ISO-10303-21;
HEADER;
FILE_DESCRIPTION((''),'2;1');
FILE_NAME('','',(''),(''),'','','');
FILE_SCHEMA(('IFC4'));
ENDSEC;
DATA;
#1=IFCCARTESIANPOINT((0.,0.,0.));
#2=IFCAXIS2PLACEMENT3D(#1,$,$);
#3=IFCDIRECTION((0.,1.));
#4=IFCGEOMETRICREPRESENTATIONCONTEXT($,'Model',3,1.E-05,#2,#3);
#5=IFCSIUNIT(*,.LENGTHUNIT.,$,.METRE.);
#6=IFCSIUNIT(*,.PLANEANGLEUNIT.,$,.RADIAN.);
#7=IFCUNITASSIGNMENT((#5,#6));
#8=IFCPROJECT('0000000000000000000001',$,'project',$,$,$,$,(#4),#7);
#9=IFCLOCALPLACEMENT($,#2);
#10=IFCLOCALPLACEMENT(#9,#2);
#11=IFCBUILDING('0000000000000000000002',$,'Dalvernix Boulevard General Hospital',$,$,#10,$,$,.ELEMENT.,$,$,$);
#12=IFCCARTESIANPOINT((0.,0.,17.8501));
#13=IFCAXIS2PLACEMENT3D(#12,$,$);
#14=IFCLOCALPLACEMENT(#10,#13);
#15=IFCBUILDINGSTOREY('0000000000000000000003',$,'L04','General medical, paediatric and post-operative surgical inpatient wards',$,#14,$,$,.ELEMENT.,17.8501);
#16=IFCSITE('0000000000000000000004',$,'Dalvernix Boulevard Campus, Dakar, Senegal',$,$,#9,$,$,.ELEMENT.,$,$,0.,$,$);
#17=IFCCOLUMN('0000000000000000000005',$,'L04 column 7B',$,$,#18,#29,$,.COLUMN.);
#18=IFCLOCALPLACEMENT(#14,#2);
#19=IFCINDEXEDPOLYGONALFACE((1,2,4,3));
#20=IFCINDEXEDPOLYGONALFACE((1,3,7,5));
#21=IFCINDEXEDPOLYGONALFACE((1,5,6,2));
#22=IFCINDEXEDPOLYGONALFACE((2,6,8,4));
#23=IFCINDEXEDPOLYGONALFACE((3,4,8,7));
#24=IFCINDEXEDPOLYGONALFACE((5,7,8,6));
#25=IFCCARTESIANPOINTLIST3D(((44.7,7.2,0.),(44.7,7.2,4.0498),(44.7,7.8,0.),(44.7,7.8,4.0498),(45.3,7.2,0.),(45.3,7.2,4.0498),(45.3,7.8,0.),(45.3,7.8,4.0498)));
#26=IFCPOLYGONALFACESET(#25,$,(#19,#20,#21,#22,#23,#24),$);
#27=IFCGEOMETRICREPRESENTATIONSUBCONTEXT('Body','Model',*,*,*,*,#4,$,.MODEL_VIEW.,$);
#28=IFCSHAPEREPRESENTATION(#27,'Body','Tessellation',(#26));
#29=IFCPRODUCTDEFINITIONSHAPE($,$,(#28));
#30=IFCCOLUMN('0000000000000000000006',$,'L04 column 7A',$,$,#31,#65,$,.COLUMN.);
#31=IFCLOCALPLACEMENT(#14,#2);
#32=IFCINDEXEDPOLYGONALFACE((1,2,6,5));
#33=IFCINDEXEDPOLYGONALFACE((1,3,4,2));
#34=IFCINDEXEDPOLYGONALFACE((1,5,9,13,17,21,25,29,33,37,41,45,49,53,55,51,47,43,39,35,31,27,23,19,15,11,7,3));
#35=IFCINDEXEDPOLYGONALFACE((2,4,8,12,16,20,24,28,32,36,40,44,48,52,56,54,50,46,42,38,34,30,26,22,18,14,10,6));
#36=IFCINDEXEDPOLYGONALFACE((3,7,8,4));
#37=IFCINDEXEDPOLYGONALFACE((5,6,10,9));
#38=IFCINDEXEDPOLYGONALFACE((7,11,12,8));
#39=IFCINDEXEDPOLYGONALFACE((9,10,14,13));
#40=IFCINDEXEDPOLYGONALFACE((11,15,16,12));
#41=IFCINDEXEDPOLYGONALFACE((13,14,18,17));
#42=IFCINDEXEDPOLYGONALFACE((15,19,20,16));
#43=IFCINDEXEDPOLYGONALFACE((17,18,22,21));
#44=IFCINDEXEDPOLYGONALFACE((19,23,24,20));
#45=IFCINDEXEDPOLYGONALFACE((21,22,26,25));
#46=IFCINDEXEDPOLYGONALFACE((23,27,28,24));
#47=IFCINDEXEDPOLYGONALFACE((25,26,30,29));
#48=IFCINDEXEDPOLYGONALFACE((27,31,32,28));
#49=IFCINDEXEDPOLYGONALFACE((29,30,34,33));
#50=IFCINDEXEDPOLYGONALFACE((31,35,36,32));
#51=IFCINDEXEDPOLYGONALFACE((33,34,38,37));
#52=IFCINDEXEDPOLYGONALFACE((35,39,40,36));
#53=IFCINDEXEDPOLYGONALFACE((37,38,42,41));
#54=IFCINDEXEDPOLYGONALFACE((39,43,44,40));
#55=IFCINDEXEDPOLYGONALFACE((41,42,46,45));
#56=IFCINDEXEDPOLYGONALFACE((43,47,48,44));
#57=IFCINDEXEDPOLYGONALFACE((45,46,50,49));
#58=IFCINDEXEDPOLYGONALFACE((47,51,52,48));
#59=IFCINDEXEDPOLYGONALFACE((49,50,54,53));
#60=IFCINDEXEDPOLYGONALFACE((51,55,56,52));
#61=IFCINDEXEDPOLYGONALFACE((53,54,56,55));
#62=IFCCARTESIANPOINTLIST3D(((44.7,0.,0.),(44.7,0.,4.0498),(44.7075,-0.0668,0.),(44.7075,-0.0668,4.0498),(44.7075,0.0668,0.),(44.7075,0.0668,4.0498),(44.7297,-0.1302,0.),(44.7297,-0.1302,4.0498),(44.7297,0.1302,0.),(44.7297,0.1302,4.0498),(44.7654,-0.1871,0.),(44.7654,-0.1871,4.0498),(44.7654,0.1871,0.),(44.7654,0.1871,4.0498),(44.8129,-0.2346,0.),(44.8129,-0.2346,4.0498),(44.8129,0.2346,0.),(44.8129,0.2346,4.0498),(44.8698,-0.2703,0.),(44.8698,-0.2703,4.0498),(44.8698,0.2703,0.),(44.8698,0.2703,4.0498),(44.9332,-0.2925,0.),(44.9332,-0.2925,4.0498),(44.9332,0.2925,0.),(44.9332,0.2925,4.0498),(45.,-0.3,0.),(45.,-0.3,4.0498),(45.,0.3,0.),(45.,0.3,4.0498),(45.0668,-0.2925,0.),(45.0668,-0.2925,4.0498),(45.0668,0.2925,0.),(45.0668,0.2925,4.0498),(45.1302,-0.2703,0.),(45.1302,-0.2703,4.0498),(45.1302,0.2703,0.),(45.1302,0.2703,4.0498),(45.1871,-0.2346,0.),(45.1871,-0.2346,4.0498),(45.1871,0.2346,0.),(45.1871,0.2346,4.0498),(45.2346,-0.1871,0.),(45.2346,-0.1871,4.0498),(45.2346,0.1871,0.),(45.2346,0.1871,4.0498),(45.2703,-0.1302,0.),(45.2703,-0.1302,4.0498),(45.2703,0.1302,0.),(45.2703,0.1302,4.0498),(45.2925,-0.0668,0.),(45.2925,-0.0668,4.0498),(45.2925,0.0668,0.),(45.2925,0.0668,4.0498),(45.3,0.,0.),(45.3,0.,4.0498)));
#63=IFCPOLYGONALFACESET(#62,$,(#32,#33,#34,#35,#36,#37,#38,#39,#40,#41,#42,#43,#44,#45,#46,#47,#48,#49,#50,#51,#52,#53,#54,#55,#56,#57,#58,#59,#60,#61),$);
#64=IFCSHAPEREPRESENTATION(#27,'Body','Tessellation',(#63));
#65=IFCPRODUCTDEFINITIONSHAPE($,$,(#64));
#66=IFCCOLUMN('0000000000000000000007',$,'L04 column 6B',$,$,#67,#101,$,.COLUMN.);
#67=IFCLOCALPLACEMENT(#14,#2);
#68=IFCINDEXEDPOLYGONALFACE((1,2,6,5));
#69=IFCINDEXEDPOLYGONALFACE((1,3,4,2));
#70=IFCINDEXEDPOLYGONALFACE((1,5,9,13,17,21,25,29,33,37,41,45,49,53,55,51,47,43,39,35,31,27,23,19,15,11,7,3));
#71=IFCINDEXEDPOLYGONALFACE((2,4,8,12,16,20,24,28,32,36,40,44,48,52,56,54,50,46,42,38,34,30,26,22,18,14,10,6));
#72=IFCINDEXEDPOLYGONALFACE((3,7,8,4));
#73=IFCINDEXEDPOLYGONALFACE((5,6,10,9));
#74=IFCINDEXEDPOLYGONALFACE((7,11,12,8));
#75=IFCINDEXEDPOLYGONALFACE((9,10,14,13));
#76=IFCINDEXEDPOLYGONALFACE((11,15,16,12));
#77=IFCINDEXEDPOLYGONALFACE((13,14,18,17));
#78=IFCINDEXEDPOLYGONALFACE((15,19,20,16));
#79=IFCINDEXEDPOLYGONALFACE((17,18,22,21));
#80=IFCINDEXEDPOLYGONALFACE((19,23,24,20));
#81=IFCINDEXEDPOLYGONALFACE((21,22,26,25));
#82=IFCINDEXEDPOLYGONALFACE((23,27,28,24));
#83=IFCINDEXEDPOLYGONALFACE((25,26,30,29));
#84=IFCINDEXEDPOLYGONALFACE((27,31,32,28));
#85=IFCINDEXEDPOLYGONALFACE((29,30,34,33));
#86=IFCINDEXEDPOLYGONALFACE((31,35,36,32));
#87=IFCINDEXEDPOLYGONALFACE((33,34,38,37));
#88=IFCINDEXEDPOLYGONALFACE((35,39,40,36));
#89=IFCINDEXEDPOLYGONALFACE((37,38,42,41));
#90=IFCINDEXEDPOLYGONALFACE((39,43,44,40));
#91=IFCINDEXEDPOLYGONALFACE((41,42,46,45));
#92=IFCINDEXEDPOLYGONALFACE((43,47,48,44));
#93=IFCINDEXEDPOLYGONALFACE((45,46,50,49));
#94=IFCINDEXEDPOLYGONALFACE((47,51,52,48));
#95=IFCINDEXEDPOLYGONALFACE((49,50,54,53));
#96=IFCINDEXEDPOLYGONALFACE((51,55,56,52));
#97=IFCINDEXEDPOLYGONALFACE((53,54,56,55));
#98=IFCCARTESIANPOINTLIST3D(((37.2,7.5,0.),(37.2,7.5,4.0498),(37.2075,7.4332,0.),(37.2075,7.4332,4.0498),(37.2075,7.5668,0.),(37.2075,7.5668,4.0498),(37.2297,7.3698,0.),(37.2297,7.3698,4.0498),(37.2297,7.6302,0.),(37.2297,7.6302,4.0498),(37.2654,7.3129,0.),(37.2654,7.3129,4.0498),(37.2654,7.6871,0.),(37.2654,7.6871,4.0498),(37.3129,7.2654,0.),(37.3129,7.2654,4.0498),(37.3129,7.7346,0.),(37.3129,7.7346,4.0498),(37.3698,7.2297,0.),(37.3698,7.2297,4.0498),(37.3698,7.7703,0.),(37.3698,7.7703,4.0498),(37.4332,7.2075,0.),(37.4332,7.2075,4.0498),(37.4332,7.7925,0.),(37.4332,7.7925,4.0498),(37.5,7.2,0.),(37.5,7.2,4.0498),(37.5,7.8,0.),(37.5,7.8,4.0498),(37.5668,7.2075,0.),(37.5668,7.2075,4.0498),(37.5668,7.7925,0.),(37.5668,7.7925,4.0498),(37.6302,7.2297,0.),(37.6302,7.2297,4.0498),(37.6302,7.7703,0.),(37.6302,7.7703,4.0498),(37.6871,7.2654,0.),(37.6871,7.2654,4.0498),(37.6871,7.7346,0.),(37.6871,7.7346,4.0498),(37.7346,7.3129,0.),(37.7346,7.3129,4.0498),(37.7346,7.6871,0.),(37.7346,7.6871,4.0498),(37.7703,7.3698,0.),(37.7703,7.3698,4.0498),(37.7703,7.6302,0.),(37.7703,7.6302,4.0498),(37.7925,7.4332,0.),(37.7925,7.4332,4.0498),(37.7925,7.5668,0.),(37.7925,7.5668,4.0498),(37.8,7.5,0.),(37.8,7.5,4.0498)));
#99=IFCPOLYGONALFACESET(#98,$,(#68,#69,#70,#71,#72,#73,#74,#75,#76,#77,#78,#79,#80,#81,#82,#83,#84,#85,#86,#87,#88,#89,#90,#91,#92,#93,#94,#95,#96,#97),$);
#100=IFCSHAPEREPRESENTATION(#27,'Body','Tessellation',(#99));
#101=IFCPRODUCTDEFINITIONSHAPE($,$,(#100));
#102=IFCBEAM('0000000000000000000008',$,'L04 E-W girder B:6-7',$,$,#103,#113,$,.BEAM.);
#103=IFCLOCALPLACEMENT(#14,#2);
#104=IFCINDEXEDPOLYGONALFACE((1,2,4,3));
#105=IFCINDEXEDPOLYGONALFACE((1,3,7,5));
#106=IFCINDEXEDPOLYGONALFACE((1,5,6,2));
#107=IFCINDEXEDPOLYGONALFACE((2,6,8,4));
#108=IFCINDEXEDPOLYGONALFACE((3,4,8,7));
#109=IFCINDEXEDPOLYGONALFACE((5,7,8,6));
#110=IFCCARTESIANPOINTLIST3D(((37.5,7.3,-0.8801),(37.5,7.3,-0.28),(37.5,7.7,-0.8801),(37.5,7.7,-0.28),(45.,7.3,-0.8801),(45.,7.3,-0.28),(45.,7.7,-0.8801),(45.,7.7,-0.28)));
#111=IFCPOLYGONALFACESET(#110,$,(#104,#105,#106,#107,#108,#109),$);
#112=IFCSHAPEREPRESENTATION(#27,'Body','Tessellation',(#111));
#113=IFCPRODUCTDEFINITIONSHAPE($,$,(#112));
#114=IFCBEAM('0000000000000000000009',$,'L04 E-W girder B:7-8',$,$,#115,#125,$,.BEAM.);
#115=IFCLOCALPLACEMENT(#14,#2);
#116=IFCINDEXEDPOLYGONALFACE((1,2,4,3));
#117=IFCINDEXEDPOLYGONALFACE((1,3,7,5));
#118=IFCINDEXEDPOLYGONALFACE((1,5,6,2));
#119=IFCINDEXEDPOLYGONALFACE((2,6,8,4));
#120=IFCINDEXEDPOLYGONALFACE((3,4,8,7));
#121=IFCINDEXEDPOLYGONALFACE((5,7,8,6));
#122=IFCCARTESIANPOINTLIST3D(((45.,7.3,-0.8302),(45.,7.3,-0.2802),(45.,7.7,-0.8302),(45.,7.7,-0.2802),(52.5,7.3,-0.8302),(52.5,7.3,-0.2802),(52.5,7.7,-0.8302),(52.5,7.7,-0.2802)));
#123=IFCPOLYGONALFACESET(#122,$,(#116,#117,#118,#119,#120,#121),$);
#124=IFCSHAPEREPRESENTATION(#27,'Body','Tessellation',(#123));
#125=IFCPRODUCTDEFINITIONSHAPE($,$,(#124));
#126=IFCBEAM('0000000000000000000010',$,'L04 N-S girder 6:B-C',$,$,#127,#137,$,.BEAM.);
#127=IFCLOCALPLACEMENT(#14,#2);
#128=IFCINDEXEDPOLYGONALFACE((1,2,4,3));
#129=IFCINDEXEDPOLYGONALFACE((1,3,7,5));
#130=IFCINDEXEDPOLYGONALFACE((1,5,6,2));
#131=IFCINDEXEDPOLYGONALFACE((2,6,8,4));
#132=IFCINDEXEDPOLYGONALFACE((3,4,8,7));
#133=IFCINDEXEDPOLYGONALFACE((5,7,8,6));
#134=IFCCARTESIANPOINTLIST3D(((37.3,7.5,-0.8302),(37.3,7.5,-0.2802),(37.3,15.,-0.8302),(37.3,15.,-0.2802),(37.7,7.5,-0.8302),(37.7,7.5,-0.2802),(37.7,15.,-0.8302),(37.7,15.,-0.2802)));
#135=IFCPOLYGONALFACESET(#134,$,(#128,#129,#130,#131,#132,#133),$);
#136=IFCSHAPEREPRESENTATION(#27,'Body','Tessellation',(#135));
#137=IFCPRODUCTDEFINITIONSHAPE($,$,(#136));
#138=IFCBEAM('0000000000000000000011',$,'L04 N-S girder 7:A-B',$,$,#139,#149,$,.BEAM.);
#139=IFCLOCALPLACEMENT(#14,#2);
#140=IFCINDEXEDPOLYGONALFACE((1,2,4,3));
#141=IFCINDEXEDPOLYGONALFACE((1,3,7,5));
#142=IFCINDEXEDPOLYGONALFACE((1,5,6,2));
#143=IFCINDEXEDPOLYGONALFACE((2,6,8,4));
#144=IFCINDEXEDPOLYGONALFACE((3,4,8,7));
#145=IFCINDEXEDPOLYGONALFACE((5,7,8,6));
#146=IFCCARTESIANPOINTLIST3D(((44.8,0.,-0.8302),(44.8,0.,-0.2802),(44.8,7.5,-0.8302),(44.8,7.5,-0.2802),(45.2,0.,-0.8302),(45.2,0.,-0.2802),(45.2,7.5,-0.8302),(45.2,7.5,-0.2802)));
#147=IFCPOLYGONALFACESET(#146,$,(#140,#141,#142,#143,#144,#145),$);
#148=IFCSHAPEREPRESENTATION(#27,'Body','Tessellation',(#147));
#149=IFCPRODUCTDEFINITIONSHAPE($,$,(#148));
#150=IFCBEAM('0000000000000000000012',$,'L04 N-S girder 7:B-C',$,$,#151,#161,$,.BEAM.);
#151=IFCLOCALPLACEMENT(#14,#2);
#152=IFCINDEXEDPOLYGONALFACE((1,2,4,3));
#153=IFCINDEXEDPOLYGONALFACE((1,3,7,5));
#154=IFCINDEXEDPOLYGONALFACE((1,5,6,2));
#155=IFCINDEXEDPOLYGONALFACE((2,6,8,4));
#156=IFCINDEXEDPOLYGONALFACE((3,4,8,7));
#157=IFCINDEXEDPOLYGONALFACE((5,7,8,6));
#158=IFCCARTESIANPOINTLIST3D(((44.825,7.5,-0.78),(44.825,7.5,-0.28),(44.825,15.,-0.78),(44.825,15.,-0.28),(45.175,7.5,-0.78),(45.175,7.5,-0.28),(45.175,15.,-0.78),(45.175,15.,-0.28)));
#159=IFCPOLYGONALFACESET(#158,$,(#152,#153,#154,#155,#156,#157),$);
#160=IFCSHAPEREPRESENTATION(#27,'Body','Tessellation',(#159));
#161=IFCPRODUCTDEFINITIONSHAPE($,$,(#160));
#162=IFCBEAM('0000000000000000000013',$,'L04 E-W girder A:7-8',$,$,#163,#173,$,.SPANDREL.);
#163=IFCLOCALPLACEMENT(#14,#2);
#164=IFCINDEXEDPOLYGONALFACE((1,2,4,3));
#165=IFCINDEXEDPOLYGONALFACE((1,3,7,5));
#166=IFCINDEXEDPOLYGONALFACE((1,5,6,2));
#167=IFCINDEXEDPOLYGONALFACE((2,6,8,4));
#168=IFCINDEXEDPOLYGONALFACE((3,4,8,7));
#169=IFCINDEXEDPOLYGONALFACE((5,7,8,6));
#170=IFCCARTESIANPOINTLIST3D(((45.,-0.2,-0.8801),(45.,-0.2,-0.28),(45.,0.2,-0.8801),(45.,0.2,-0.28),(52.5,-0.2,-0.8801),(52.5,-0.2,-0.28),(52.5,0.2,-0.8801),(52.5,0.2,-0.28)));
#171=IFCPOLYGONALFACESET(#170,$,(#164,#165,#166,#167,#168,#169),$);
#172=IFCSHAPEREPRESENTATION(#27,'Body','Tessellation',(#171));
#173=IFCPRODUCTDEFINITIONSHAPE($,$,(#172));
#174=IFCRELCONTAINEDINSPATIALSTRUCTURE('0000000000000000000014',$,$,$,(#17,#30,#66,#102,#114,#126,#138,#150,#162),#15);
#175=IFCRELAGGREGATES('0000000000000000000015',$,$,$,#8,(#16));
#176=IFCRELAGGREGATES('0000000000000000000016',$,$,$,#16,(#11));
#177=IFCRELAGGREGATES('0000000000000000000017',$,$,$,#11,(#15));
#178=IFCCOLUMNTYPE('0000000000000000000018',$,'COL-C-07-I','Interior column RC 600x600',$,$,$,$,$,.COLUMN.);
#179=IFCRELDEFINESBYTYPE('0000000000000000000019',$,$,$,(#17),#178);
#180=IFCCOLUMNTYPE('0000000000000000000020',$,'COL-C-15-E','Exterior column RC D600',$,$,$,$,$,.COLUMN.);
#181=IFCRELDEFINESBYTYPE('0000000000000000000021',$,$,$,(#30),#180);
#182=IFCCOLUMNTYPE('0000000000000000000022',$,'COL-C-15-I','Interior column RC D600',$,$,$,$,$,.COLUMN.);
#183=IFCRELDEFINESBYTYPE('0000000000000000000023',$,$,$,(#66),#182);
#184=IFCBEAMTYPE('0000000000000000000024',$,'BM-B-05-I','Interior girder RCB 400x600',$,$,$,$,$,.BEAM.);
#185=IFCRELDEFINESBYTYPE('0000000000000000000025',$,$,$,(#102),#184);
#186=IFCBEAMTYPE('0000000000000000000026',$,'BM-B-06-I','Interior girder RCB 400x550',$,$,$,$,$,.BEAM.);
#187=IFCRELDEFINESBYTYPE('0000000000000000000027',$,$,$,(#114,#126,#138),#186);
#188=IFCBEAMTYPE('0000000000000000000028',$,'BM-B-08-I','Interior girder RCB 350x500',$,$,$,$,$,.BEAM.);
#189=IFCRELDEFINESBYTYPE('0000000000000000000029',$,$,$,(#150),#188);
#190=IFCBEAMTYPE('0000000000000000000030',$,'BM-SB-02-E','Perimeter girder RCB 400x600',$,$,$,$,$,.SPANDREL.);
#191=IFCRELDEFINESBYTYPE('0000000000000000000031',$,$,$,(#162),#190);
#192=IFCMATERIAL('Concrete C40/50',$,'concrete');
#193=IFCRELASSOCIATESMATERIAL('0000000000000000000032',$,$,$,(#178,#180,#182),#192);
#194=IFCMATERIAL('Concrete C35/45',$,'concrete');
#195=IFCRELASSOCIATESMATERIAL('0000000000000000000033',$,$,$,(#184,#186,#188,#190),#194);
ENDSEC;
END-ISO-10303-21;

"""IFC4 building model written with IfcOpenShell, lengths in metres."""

from ifc_helpers import new_model, si_unit, direction, frame, origin, origin_2d, place, context, subcontext, project, spatial, rectangle, circle, extrude, material, material_profile, profile_set, type_object, element, save


model = new_model("IFC4")

# Units and contexts
model_context = context("Model", 3, precision=1e-05, world=origin(), true_north=direction((0.0, 1.0)))
body_context = subcontext(model_context, "Body", "Model", "MODEL_VIEW")
ifc_project = project(units=[si_unit("LENGTHUNIT", "METRE"), si_unit("PLANEANGLEUNIT", "RADIAN")], contexts=[model_context])

# Site, building, storey
site_placement = place(None, origin())
site = spatial("IfcSite", under=ifc_project, at=site_placement, Name="Dalvernix Boulevard Campus, Dakar, Senegal", CompositionType="ELEMENT", RefElevation=0.0)
building_placement = place(site_placement, origin())
building = spatial("IfcBuilding", under=site, at=building_placement, Name="Dalvernix Boulevard General Hospital", CompositionType="ELEMENT")
storey_placement = place(building_placement, frame((0.0, 0.0, 17.8501)))
storey = spatial("IfcBuildingStorey", under=building, at=storey_placement, Name="L04", Description="General medical, paediatric and post-operative surgical inpatient wards", CompositionType="ELEMENT", Elevation=17.8501)

# Columns
ifc_material_1 = material(Name="Concrete C40/50", Category="concrete")
ifc_material_profile_1 = material_profile(ifc_material_1, rectangle(XDim=0.6001, YDim=0.6001, at=origin_2d()), Name="RC 600x600")
ifc_profile_set_1 = profile_set([ifc_material_profile_1], Name="Concrete C40/50")
column_type_1 = type_object("IfcColumnType", Name="COL-C-07-I", Description="Interior column RC 600x600", PredefinedType="COLUMN", material=ifc_profile_set_1)
column_1_placement = place(storey_placement, frame((45.0, 7.5, 0.0), z_axis=(0.0, 0.0, 1.0), x_axis=(1.0, 0.0, 0.0)))
element("IfcColumn", 1, at=column_1_placement, inside=storey, type_object=column_type_1, Name="L04 column 7B", PredefinedType="COLUMN", context=body_context, shape_type="SweptSolid", body=[
    extrude(rectangle(XDim=0.6001, YDim=0.6001, at=origin_2d()), origin(), (0.0, 0.0, 1.0), 4.0498),
])
ifc_material_profile_2 = material_profile(ifc_material_1, circle(Radius=0.3, at=origin_2d()), Name="RC D600")
ifc_profile_set_2 = profile_set([ifc_material_profile_2], Name="Concrete C40/50")
column_type_2 = type_object("IfcColumnType", Name="COL-C-15-E", Description="Exterior column RC D600", PredefinedType="COLUMN", material=ifc_profile_set_2)
column_2_placement = place(storey_placement, frame((45.0, 0.0, 0.0), z_axis=(0.0, 0.0, 1.0), x_axis=(1.0, 0.0, 0.0)))
element("IfcColumn", 2, at=column_2_placement, inside=storey, type_object=column_type_2, Name="L04 column 7A", PredefinedType="COLUMN", context=body_context, shape_type="SweptSolid", body=[
    extrude(circle(Radius=0.3, at=origin_2d()), origin(), (0.0, 0.0, 1.0), 4.0498),
])
ifc_material_profile_3 = material_profile(ifc_material_1, circle(Radius=0.3, at=origin_2d()), Name="RC D600")
ifc_profile_set_3 = profile_set([ifc_material_profile_3], Name="Concrete C40/50")
column_type_3 = type_object("IfcColumnType", Name="COL-C-15-I", Description="Interior column RC D600", PredefinedType="COLUMN", material=ifc_profile_set_3)
column_3_placement = place(storey_placement, frame((37.5, 7.5, 0.0), z_axis=(0.0, 0.0, 1.0), x_axis=(1.0, 0.0, 0.0)))
element("IfcColumn", 3, at=column_3_placement, inside=storey, type_object=column_type_3, Name="L04 column 6B", PredefinedType="COLUMN", context=body_context, shape_type="SweptSolid", body=[
    extrude(circle(Radius=0.3, at=origin_2d()), origin(), (0.0, 0.0, 1.0), 4.0498),
])

# Beams
ifc_material_2 = material(Name="Concrete C35/45", Category="concrete")
ifc_material_profile_4 = material_profile(ifc_material_2, rectangle(XDim=0.3999, YDim=0.6001, at=origin_2d()), Name="RCB 400x600")
ifc_profile_set_4 = profile_set([ifc_material_profile_4], Name="Concrete C35/45")
beam_type_1 = type_object("IfcBeamType", Name="BM-B-05-I", Description="Interior girder RCB 400x600", PredefinedType="BEAM", material=ifc_profile_set_4)
beam_1_placement = place(storey_placement, frame((37.5, 7.5, -0.5801), z_axis=(1.0, 0.0, 0.0), x_axis=(0.0, 1.0, 0.0)))
element("IfcBeam", 4, at=beam_1_placement, inside=storey, type_object=beam_type_1, Name="L04 E-W girder B:6-7", PredefinedType="BEAM", context=body_context, shape_type="SweptSolid", body=[
    extrude(rectangle(XDim=0.3999, YDim=0.6001, at=origin_2d()), origin(), (0.0, 0.0, 1.0), 7.5),
])
ifc_material_profile_5 = material_profile(ifc_material_2, rectangle(XDim=0.3999, YDim=0.55, at=origin_2d()), Name="RCB 400x550")
ifc_profile_set_5 = profile_set([ifc_material_profile_5], Name="Concrete C35/45")
beam_type_2 = type_object("IfcBeamType", Name="BM-B-06-I", Description="Interior girder RCB 400x550", PredefinedType="BEAM", material=ifc_profile_set_5)
for number, where, z_axis, x_axis, name in (
    (5, (45.0, 7.5, -0.5552), (1.0, 0.0, 0.0), (0.0, 1.0, 0.0), "L04 E-W girder B:7-8"),
    (6, (37.5, 7.5, -0.5552), (0.0, 1.0, 0.0), (-1.0, 0.0, 0.0), "L04 N-S girder 6:B-C"),
    (7, (45.0, 0.0, -0.5552), (0.0, 1.0, 0.0), (-1.0, 0.0, 0.0), "L04 N-S girder 7:A-B"),
):
    element("IfcBeam", number, at=place(storey_placement, frame(where, z_axis=z_axis, x_axis=x_axis)), inside=storey, type_object=beam_type_2, Name=name, PredefinedType="BEAM", context=body_context, shape_type="SweptSolid", body=[
        extrude(rectangle(XDim=0.3999, YDim=0.55, at=origin_2d()), origin(), (0.0, 0.0, 1.0), 7.5),
    ])
ifc_material_profile_6 = material_profile(ifc_material_2, rectangle(XDim=0.3501, YDim=0.5, at=origin_2d()), Name="RCB 350x500")
ifc_profile_set_6 = profile_set([ifc_material_profile_6], Name="Concrete C35/45")
beam_type_3 = type_object("IfcBeamType", Name="BM-B-08-I", Description="Interior girder RCB 350x500", PredefinedType="BEAM", material=ifc_profile_set_6)
beam_2_placement = place(storey_placement, frame((45.0, 7.5, -0.53), z_axis=(0.0, 1.0, 0.0), x_axis=(-1.0, 0.0, 0.0)))
element("IfcBeam", 8, at=beam_2_placement, inside=storey, type_object=beam_type_3, Name="L04 N-S girder 7:B-C", PredefinedType="BEAM", context=body_context, shape_type="SweptSolid", body=[
    extrude(rectangle(XDim=0.3501, YDim=0.5, at=origin_2d()), origin(), (0.0, 0.0, 1.0), 7.5),
])
ifc_material_profile_7 = material_profile(ifc_material_2, rectangle(XDim=0.3999, YDim=0.6001, at=origin_2d()), Name="RCB 400x600")
ifc_profile_set_7 = profile_set([ifc_material_profile_7], Name="Concrete C35/45")
beam_type_4 = type_object("IfcBeamType", Name="BM-SB-02-E", Description="Perimeter girder RCB 400x600", PredefinedType="SPANDREL", material=ifc_profile_set_7)
beam_3_placement = place(storey_placement, frame((45.0, 0.0, -0.5801), z_axis=(1.0, 0.0, 0.0), x_axis=(0.0, 1.0, 0.0)))
element("IfcBeam", 9, at=beam_3_placement, inside=storey, type_object=beam_type_4, Name="L04 E-W girder A:7-8", PredefinedType="SPANDREL", context=body_context, shape_type="SweptSolid", body=[
    extrude(rectangle(XDim=0.3999, YDim=0.6001, at=origin_2d()), origin(), (0.0, 0.0, 1.0), 7.5),
])

save(model, "model.ifc")
